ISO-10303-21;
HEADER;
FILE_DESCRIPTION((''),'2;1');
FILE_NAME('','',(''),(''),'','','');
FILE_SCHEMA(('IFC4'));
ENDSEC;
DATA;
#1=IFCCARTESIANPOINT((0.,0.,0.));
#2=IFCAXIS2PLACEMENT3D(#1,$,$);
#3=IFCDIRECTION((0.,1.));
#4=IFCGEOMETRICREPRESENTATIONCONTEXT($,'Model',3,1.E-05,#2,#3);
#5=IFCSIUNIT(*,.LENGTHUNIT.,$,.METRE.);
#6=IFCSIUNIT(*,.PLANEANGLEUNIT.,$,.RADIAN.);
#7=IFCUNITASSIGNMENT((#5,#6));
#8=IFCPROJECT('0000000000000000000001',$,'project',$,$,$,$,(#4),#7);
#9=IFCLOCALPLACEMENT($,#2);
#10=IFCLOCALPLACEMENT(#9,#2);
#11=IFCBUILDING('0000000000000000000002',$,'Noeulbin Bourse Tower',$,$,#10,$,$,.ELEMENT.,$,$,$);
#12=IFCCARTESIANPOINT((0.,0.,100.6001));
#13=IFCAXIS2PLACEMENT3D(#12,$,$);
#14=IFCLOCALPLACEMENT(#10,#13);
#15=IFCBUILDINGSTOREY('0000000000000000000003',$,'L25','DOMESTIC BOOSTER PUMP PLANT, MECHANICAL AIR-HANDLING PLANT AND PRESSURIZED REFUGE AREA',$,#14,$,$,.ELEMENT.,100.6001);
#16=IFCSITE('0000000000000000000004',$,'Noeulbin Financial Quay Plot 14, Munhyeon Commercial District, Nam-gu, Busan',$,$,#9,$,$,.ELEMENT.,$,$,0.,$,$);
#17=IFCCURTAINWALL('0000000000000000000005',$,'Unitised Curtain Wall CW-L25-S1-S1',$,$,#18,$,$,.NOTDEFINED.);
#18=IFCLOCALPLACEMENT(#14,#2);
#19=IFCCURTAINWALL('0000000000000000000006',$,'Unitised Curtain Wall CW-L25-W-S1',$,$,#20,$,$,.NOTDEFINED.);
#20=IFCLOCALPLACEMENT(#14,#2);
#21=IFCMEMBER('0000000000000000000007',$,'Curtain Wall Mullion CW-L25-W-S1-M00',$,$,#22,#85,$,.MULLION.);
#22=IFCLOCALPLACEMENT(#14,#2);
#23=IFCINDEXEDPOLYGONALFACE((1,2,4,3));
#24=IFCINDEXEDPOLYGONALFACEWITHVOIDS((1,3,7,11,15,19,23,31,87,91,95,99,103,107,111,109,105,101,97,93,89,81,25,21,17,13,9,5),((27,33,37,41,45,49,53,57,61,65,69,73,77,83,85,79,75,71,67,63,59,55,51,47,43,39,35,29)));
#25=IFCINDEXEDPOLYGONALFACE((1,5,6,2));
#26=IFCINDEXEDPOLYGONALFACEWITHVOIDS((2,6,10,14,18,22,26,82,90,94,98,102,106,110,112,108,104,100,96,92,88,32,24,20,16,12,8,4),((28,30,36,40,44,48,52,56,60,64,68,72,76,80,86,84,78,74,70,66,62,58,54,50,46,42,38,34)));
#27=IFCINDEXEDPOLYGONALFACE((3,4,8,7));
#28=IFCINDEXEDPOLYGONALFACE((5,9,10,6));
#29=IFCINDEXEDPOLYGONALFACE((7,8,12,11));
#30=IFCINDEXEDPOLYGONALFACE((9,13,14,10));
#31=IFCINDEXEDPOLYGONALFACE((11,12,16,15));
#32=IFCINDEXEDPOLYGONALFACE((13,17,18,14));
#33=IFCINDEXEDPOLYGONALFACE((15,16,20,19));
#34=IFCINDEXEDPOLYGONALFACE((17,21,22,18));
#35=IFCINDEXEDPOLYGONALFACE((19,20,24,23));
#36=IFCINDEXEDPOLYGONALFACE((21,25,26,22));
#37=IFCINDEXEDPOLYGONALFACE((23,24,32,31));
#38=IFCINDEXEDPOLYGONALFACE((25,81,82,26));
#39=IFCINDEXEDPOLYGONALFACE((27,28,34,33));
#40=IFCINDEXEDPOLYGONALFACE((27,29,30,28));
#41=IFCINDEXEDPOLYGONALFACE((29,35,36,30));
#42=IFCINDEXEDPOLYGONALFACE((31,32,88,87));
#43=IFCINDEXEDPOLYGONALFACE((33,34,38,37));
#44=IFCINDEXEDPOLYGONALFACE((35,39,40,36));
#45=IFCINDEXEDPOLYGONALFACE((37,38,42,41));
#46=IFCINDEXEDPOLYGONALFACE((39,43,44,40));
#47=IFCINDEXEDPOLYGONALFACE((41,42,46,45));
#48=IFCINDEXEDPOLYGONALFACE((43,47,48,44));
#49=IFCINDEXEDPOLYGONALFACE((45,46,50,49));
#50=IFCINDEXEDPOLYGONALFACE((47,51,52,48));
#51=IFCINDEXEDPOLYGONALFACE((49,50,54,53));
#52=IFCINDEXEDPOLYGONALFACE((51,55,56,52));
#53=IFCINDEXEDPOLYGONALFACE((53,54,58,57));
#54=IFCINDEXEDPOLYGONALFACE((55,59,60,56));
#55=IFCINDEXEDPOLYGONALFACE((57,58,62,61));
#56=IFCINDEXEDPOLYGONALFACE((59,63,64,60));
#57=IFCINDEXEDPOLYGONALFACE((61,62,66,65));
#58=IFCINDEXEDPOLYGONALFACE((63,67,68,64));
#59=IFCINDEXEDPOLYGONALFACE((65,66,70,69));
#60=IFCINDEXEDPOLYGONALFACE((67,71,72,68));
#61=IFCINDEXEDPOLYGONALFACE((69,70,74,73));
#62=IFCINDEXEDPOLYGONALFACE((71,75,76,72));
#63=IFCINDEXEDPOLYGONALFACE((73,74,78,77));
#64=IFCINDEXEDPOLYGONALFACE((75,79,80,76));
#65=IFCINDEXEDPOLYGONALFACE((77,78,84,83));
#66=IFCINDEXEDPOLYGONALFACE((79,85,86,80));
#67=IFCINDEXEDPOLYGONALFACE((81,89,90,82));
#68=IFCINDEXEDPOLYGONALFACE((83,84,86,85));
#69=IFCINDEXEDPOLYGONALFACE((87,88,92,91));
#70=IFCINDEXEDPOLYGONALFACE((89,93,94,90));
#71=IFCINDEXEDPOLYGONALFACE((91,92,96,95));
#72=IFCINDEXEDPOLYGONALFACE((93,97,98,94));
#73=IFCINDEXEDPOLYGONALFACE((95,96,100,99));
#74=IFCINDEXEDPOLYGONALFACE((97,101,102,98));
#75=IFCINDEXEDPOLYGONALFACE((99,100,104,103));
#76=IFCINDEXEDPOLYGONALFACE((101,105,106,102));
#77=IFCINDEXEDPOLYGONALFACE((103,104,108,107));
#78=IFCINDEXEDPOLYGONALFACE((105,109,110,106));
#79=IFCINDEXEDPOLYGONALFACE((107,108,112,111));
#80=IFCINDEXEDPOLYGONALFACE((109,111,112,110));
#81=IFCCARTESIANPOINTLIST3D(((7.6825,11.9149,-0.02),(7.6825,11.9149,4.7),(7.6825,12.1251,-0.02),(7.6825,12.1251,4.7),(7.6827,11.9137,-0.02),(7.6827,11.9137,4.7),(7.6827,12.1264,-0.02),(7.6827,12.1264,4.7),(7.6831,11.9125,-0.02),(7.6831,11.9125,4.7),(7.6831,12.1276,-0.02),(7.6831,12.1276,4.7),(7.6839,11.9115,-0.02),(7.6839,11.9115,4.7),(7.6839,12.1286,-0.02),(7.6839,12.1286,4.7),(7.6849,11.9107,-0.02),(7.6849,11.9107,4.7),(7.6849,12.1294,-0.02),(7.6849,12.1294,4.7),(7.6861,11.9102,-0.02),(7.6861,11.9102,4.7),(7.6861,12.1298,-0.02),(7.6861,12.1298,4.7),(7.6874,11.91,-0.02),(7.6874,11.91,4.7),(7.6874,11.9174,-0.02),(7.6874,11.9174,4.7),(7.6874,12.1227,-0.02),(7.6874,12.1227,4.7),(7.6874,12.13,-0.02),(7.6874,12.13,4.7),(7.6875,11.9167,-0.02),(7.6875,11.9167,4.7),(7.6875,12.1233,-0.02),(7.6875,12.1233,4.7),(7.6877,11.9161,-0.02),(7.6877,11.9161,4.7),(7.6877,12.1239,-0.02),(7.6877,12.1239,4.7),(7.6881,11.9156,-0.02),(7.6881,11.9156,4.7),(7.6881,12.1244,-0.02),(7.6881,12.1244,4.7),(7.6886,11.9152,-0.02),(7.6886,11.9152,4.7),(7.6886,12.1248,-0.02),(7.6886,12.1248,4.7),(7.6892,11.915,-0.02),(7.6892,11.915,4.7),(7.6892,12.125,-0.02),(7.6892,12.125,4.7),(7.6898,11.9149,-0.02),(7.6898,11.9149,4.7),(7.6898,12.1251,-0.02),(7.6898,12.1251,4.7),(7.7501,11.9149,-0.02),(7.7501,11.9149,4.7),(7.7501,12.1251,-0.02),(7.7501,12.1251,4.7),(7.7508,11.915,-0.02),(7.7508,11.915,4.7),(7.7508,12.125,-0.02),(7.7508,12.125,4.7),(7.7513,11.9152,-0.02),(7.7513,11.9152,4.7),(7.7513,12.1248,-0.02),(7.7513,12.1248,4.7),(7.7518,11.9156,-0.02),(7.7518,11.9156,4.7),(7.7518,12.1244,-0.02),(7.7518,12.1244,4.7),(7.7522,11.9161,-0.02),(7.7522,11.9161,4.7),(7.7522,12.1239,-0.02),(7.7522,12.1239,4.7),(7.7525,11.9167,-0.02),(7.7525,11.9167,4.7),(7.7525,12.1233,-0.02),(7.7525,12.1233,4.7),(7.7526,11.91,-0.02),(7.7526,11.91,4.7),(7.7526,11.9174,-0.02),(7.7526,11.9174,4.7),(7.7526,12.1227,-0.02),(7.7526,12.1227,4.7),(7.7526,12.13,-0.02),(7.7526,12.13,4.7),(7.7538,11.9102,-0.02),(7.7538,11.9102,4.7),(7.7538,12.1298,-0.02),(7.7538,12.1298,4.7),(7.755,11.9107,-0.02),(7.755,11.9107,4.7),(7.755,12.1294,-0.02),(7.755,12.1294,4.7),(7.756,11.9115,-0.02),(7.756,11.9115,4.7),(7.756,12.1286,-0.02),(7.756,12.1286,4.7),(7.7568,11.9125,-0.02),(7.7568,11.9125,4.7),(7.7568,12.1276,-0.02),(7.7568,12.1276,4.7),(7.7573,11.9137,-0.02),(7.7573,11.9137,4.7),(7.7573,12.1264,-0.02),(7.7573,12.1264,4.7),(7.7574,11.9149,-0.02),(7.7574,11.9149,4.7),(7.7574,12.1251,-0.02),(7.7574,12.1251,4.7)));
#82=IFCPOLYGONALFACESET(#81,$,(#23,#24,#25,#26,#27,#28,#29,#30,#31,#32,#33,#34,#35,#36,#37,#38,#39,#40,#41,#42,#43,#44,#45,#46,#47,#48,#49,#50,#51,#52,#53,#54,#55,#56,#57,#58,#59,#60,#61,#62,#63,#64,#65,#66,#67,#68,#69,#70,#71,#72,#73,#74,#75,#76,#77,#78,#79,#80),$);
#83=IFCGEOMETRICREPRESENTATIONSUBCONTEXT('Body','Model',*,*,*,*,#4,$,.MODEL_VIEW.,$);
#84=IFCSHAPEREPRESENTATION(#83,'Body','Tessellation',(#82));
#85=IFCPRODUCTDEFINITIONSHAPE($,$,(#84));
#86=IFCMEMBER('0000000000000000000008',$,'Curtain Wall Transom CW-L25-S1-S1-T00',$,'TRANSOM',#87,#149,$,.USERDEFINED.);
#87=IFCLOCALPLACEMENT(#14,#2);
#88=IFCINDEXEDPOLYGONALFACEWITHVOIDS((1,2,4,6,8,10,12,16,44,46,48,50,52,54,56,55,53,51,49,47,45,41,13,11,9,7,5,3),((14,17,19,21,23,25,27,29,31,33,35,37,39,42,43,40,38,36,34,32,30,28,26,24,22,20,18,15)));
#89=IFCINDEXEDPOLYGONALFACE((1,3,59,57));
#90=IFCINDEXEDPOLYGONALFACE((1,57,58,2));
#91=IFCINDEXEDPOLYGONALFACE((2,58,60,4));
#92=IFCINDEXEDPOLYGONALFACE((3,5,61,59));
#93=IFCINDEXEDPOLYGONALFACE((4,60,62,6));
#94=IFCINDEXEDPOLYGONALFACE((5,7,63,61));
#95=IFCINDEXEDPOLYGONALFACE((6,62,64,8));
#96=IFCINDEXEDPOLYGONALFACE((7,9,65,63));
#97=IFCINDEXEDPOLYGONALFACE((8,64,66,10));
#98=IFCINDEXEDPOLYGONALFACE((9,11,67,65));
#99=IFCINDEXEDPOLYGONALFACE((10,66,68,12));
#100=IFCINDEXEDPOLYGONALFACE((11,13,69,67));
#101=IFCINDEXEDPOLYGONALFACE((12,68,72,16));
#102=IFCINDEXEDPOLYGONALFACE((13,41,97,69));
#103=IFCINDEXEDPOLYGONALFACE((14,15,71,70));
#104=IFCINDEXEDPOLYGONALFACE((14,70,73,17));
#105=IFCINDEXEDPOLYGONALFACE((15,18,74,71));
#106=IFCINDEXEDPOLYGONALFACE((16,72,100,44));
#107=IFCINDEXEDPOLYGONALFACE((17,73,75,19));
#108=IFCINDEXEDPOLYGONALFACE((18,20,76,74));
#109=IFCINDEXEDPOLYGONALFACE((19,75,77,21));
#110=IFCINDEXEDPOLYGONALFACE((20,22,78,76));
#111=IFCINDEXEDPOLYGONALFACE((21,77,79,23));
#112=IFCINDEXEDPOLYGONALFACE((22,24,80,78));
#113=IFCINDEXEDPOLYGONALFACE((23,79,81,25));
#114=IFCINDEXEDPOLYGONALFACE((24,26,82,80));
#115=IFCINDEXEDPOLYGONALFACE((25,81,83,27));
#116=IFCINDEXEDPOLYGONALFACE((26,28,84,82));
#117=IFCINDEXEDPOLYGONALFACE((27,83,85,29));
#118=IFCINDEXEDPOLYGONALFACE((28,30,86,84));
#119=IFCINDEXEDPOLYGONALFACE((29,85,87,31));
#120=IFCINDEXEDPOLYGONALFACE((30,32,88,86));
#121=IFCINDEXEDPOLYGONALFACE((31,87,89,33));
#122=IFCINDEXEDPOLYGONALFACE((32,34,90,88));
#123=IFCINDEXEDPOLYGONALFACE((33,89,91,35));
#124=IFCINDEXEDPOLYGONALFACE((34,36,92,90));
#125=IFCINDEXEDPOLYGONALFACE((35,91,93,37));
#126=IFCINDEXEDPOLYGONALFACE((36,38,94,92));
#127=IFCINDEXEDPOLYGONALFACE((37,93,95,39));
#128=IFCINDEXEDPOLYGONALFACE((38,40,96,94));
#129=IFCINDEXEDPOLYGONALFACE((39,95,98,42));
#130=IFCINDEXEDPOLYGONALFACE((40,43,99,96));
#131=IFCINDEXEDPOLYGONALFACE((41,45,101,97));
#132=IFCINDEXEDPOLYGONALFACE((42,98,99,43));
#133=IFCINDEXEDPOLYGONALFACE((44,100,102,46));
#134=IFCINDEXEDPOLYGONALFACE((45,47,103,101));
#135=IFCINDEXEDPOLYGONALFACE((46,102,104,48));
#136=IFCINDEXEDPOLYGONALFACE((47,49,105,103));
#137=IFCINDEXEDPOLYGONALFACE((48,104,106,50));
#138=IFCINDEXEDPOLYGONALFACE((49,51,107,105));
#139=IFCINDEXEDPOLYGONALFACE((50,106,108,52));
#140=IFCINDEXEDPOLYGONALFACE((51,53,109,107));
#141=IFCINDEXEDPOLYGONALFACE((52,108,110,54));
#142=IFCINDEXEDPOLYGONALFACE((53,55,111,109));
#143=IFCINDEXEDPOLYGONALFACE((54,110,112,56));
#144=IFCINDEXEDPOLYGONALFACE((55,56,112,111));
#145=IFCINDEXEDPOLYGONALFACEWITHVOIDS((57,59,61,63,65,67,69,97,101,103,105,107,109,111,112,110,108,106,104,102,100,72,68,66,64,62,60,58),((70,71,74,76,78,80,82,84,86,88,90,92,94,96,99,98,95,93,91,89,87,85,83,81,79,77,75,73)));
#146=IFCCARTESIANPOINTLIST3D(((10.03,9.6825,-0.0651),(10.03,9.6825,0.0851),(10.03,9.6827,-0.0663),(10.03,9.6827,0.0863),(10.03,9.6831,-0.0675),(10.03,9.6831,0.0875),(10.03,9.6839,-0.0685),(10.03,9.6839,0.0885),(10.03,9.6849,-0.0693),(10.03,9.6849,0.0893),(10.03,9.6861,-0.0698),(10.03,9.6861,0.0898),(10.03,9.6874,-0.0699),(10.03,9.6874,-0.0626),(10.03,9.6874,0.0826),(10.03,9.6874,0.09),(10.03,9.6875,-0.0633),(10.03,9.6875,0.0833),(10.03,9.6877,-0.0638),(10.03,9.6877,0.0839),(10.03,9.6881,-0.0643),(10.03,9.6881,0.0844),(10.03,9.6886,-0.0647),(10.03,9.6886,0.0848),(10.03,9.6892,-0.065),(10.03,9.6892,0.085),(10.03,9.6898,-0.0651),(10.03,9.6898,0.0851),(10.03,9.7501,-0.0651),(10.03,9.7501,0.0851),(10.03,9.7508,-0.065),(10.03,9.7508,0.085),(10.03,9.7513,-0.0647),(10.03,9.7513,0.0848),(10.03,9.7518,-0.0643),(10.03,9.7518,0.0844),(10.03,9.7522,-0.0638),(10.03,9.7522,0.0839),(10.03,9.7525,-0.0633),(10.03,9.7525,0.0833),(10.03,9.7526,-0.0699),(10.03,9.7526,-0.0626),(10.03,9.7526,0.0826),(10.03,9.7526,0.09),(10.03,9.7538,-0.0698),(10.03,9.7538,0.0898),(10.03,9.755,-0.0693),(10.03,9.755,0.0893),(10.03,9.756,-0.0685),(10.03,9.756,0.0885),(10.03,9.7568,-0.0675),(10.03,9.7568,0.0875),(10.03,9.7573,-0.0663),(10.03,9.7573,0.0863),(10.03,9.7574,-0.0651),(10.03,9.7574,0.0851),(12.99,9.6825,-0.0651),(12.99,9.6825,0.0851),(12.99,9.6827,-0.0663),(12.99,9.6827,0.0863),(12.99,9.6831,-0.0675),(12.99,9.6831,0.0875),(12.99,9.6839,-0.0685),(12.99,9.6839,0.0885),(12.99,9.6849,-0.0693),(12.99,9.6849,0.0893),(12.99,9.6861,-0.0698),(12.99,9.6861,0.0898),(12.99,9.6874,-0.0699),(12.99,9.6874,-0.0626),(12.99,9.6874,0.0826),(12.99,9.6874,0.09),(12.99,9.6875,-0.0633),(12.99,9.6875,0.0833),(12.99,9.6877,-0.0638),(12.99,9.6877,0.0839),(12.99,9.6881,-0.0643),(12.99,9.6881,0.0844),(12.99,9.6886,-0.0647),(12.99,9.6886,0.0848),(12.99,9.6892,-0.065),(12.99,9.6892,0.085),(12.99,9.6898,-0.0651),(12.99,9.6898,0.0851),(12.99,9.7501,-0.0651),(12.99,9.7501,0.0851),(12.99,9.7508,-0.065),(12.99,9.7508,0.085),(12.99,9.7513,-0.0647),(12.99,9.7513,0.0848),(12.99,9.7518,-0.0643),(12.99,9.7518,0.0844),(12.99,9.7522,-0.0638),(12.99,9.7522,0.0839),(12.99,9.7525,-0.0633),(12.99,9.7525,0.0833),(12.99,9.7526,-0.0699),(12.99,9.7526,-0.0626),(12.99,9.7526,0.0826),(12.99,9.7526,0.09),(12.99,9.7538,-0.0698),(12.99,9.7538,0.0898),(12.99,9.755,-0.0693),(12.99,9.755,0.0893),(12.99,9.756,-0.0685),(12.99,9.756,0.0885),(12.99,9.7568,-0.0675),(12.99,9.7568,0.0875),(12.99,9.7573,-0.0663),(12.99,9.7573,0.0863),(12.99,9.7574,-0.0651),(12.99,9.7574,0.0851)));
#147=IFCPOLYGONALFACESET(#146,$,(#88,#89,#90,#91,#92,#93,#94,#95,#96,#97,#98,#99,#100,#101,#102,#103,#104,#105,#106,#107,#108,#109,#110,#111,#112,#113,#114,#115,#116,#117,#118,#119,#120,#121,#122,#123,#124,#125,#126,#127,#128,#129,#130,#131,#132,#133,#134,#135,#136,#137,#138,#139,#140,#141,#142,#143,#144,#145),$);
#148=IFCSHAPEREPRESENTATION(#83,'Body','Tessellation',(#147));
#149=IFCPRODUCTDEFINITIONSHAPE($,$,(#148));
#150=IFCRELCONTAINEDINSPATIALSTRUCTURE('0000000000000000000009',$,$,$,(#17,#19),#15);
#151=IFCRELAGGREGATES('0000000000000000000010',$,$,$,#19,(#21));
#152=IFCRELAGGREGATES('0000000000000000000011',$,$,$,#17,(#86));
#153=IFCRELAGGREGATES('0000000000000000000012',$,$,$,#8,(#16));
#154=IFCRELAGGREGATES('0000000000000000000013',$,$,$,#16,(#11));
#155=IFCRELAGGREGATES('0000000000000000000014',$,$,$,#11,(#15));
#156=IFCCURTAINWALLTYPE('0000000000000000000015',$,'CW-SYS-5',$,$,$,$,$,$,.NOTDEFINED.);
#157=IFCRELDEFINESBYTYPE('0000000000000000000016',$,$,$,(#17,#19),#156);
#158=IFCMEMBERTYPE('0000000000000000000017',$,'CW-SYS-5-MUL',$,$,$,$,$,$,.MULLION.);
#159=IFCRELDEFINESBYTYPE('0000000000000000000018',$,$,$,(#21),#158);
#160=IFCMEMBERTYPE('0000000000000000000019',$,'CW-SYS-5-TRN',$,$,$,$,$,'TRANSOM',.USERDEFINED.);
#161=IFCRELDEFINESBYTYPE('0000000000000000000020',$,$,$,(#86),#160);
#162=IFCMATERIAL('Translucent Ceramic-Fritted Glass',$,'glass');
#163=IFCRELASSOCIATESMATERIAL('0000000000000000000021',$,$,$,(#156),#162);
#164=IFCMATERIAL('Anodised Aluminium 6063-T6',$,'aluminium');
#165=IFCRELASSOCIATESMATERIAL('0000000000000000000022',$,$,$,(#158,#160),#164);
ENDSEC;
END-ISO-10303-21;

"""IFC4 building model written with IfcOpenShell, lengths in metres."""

from ifc_helpers import new_model, si_unit, direction, frame, origin, origin_2d, place, context, subcontext, project, spatial, hollow_rectangle, extrude, material, material_profile, profile_set, type_object, element, aggregate, save


model = new_model("IFC4")

# Units and contexts
model_context = context("Model", 3, precision=1e-05, world=origin(), true_north=direction((0.0, 1.0)))
body_context = subcontext(model_context, "Body", "Model", "MODEL_VIEW")
ifc_project = project(units=[si_unit("LENGTHUNIT", "METRE"), si_unit("PLANEANGLEUNIT", "RADIAN")], contexts=[model_context])

# Site, building, storey
site_placement = place(None, origin())
site = spatial("IfcSite", under=ifc_project, at=site_placement, Name="Noeulbin Financial Quay Plot 14, Munhyeon Commercial District, Nam-gu, Busan", CompositionType="ELEMENT", RefElevation=0.0)
building_placement = place(site_placement, origin())
building = spatial("IfcBuilding", under=site, at=building_placement, Name="Noeulbin Bourse Tower", CompositionType="ELEMENT")
storey_placement = place(building_placement, frame((0.0, 0.0, 100.6001)))
storey = spatial("IfcBuildingStorey", under=building, at=storey_placement, Name="L25", Description="DOMESTIC BOOSTER PUMP PLANT, MECHANICAL AIR-HANDLING PLANT AND PRESSURIZED REFUGE AREA", CompositionType="ELEMENT", Elevation=100.6001)

# Curtain wall
ifc_material_1 = material(Name="Translucent Ceramic-Fritted Glass", Category="glass")
curtain_wall_type = type_object("IfcCurtainWallType", Name="CW-SYS-5", PredefinedType="NOTDEFINED", material=ifc_material_1)
curtain_wall_1_placement = place(storey_placement, origin())
curtain_wall_1 = element("IfcCurtainWall", 1, at=curtain_wall_1_placement, inside=storey, type_object=curtain_wall_type, Name="Unitised Curtain Wall CW-L25-S1-S1", PredefinedType="NOTDEFINED")
ifc_material_2 = material(Name="Anodised Aluminium 6063-T6", Category="aluminium")
ifc_material_profile_1 = material_profile(ifc_material_2, hollow_rectangle(XDim=0.075, YDim=0.22, WallThickness=0.0049, InnerFilletRadius=0.0024, OuterFilletRadius=0.0049, at=origin_2d()), Name="ALU-MULL-75x220x5", Category="LoadBearing")
ifc_profile_set_1 = profile_set([ifc_material_profile_1], Name="Anodised Aluminium 6063-T6")
member_type_1 = type_object("IfcMemberType", Name="CW-SYS-5-MUL", PredefinedType="MULLION", material=ifc_profile_set_1)

# Curtain wall, member
curtain_wall_2_placement = place(storey_placement, origin())
curtain_wall_2 = element("IfcCurtainWall", 2, at=curtain_wall_2_placement, inside=storey, type_object=curtain_wall_type, Name="Unitised Curtain Wall CW-L25-W-S1", PredefinedType="NOTDEFINED")
member_1_placement = place(storey_placement, frame((7.72, 12.02, -0.02), z_axis=(0.0, 0.0, 1.0), x_axis=(1.0, 0.0, 0.0)))
member_1 = element("IfcMember", 3, at=member_1_placement, type_object=member_type_1, Name="Curtain Wall Mullion CW-L25-W-S1-M00", PredefinedType="MULLION", context=body_context, shape_type="SweptSolid", body=[
    extrude(hollow_rectangle(XDim=0.075, YDim=0.22, WallThickness=0.0049, InnerFilletRadius=0.0024, OuterFilletRadius=0.0049, at=origin_2d()), origin(), (0.0, 0.0, 1.0), 4.72),
])

# Member
ifc_material_profile_2 = material_profile(ifc_material_2, hollow_rectangle(XDim=0.075, YDim=0.1599, WallThickness=0.0049, InnerFilletRadius=0.0024, OuterFilletRadius=0.0049, at=origin_2d()), Name="ALU-TRAN-75x160x5", Category="LoadBearing")
ifc_profile_set_2 = profile_set([ifc_material_profile_2], Name="Anodised Aluminium 6063-T6")
member_type_2 = type_object("IfcMemberType", Name="CW-SYS-5-TRN", ElementType="TRANSOM", PredefinedType="USERDEFINED", material=ifc_profile_set_2)
member_2_placement = place(storey_placement, frame((10.03, 9.72, 0.01), z_axis=(1.0, 0.0, 0.0), x_axis=(0.0, 1.0, 0.0)))
member_2 = element("IfcMember", 4, at=member_2_placement, type_object=member_type_2, Name="Curtain Wall Transom CW-L25-S1-S1-T00", ObjectType="TRANSOM", PredefinedType="USERDEFINED", context=body_context, shape_type="SweptSolid", body=[
    extrude(hollow_rectangle(XDim=0.075, YDim=0.1599, WallThickness=0.0049, InnerFilletRadius=0.0024, OuterFilletRadius=0.0049, at=origin_2d()), origin(), (0.0, 0.0, 1.0), 2.96),
])
aggregate(curtain_wall_2, [member_1])

aggregate(curtain_wall_1, [member_2])

save(model, "model.ifc")
